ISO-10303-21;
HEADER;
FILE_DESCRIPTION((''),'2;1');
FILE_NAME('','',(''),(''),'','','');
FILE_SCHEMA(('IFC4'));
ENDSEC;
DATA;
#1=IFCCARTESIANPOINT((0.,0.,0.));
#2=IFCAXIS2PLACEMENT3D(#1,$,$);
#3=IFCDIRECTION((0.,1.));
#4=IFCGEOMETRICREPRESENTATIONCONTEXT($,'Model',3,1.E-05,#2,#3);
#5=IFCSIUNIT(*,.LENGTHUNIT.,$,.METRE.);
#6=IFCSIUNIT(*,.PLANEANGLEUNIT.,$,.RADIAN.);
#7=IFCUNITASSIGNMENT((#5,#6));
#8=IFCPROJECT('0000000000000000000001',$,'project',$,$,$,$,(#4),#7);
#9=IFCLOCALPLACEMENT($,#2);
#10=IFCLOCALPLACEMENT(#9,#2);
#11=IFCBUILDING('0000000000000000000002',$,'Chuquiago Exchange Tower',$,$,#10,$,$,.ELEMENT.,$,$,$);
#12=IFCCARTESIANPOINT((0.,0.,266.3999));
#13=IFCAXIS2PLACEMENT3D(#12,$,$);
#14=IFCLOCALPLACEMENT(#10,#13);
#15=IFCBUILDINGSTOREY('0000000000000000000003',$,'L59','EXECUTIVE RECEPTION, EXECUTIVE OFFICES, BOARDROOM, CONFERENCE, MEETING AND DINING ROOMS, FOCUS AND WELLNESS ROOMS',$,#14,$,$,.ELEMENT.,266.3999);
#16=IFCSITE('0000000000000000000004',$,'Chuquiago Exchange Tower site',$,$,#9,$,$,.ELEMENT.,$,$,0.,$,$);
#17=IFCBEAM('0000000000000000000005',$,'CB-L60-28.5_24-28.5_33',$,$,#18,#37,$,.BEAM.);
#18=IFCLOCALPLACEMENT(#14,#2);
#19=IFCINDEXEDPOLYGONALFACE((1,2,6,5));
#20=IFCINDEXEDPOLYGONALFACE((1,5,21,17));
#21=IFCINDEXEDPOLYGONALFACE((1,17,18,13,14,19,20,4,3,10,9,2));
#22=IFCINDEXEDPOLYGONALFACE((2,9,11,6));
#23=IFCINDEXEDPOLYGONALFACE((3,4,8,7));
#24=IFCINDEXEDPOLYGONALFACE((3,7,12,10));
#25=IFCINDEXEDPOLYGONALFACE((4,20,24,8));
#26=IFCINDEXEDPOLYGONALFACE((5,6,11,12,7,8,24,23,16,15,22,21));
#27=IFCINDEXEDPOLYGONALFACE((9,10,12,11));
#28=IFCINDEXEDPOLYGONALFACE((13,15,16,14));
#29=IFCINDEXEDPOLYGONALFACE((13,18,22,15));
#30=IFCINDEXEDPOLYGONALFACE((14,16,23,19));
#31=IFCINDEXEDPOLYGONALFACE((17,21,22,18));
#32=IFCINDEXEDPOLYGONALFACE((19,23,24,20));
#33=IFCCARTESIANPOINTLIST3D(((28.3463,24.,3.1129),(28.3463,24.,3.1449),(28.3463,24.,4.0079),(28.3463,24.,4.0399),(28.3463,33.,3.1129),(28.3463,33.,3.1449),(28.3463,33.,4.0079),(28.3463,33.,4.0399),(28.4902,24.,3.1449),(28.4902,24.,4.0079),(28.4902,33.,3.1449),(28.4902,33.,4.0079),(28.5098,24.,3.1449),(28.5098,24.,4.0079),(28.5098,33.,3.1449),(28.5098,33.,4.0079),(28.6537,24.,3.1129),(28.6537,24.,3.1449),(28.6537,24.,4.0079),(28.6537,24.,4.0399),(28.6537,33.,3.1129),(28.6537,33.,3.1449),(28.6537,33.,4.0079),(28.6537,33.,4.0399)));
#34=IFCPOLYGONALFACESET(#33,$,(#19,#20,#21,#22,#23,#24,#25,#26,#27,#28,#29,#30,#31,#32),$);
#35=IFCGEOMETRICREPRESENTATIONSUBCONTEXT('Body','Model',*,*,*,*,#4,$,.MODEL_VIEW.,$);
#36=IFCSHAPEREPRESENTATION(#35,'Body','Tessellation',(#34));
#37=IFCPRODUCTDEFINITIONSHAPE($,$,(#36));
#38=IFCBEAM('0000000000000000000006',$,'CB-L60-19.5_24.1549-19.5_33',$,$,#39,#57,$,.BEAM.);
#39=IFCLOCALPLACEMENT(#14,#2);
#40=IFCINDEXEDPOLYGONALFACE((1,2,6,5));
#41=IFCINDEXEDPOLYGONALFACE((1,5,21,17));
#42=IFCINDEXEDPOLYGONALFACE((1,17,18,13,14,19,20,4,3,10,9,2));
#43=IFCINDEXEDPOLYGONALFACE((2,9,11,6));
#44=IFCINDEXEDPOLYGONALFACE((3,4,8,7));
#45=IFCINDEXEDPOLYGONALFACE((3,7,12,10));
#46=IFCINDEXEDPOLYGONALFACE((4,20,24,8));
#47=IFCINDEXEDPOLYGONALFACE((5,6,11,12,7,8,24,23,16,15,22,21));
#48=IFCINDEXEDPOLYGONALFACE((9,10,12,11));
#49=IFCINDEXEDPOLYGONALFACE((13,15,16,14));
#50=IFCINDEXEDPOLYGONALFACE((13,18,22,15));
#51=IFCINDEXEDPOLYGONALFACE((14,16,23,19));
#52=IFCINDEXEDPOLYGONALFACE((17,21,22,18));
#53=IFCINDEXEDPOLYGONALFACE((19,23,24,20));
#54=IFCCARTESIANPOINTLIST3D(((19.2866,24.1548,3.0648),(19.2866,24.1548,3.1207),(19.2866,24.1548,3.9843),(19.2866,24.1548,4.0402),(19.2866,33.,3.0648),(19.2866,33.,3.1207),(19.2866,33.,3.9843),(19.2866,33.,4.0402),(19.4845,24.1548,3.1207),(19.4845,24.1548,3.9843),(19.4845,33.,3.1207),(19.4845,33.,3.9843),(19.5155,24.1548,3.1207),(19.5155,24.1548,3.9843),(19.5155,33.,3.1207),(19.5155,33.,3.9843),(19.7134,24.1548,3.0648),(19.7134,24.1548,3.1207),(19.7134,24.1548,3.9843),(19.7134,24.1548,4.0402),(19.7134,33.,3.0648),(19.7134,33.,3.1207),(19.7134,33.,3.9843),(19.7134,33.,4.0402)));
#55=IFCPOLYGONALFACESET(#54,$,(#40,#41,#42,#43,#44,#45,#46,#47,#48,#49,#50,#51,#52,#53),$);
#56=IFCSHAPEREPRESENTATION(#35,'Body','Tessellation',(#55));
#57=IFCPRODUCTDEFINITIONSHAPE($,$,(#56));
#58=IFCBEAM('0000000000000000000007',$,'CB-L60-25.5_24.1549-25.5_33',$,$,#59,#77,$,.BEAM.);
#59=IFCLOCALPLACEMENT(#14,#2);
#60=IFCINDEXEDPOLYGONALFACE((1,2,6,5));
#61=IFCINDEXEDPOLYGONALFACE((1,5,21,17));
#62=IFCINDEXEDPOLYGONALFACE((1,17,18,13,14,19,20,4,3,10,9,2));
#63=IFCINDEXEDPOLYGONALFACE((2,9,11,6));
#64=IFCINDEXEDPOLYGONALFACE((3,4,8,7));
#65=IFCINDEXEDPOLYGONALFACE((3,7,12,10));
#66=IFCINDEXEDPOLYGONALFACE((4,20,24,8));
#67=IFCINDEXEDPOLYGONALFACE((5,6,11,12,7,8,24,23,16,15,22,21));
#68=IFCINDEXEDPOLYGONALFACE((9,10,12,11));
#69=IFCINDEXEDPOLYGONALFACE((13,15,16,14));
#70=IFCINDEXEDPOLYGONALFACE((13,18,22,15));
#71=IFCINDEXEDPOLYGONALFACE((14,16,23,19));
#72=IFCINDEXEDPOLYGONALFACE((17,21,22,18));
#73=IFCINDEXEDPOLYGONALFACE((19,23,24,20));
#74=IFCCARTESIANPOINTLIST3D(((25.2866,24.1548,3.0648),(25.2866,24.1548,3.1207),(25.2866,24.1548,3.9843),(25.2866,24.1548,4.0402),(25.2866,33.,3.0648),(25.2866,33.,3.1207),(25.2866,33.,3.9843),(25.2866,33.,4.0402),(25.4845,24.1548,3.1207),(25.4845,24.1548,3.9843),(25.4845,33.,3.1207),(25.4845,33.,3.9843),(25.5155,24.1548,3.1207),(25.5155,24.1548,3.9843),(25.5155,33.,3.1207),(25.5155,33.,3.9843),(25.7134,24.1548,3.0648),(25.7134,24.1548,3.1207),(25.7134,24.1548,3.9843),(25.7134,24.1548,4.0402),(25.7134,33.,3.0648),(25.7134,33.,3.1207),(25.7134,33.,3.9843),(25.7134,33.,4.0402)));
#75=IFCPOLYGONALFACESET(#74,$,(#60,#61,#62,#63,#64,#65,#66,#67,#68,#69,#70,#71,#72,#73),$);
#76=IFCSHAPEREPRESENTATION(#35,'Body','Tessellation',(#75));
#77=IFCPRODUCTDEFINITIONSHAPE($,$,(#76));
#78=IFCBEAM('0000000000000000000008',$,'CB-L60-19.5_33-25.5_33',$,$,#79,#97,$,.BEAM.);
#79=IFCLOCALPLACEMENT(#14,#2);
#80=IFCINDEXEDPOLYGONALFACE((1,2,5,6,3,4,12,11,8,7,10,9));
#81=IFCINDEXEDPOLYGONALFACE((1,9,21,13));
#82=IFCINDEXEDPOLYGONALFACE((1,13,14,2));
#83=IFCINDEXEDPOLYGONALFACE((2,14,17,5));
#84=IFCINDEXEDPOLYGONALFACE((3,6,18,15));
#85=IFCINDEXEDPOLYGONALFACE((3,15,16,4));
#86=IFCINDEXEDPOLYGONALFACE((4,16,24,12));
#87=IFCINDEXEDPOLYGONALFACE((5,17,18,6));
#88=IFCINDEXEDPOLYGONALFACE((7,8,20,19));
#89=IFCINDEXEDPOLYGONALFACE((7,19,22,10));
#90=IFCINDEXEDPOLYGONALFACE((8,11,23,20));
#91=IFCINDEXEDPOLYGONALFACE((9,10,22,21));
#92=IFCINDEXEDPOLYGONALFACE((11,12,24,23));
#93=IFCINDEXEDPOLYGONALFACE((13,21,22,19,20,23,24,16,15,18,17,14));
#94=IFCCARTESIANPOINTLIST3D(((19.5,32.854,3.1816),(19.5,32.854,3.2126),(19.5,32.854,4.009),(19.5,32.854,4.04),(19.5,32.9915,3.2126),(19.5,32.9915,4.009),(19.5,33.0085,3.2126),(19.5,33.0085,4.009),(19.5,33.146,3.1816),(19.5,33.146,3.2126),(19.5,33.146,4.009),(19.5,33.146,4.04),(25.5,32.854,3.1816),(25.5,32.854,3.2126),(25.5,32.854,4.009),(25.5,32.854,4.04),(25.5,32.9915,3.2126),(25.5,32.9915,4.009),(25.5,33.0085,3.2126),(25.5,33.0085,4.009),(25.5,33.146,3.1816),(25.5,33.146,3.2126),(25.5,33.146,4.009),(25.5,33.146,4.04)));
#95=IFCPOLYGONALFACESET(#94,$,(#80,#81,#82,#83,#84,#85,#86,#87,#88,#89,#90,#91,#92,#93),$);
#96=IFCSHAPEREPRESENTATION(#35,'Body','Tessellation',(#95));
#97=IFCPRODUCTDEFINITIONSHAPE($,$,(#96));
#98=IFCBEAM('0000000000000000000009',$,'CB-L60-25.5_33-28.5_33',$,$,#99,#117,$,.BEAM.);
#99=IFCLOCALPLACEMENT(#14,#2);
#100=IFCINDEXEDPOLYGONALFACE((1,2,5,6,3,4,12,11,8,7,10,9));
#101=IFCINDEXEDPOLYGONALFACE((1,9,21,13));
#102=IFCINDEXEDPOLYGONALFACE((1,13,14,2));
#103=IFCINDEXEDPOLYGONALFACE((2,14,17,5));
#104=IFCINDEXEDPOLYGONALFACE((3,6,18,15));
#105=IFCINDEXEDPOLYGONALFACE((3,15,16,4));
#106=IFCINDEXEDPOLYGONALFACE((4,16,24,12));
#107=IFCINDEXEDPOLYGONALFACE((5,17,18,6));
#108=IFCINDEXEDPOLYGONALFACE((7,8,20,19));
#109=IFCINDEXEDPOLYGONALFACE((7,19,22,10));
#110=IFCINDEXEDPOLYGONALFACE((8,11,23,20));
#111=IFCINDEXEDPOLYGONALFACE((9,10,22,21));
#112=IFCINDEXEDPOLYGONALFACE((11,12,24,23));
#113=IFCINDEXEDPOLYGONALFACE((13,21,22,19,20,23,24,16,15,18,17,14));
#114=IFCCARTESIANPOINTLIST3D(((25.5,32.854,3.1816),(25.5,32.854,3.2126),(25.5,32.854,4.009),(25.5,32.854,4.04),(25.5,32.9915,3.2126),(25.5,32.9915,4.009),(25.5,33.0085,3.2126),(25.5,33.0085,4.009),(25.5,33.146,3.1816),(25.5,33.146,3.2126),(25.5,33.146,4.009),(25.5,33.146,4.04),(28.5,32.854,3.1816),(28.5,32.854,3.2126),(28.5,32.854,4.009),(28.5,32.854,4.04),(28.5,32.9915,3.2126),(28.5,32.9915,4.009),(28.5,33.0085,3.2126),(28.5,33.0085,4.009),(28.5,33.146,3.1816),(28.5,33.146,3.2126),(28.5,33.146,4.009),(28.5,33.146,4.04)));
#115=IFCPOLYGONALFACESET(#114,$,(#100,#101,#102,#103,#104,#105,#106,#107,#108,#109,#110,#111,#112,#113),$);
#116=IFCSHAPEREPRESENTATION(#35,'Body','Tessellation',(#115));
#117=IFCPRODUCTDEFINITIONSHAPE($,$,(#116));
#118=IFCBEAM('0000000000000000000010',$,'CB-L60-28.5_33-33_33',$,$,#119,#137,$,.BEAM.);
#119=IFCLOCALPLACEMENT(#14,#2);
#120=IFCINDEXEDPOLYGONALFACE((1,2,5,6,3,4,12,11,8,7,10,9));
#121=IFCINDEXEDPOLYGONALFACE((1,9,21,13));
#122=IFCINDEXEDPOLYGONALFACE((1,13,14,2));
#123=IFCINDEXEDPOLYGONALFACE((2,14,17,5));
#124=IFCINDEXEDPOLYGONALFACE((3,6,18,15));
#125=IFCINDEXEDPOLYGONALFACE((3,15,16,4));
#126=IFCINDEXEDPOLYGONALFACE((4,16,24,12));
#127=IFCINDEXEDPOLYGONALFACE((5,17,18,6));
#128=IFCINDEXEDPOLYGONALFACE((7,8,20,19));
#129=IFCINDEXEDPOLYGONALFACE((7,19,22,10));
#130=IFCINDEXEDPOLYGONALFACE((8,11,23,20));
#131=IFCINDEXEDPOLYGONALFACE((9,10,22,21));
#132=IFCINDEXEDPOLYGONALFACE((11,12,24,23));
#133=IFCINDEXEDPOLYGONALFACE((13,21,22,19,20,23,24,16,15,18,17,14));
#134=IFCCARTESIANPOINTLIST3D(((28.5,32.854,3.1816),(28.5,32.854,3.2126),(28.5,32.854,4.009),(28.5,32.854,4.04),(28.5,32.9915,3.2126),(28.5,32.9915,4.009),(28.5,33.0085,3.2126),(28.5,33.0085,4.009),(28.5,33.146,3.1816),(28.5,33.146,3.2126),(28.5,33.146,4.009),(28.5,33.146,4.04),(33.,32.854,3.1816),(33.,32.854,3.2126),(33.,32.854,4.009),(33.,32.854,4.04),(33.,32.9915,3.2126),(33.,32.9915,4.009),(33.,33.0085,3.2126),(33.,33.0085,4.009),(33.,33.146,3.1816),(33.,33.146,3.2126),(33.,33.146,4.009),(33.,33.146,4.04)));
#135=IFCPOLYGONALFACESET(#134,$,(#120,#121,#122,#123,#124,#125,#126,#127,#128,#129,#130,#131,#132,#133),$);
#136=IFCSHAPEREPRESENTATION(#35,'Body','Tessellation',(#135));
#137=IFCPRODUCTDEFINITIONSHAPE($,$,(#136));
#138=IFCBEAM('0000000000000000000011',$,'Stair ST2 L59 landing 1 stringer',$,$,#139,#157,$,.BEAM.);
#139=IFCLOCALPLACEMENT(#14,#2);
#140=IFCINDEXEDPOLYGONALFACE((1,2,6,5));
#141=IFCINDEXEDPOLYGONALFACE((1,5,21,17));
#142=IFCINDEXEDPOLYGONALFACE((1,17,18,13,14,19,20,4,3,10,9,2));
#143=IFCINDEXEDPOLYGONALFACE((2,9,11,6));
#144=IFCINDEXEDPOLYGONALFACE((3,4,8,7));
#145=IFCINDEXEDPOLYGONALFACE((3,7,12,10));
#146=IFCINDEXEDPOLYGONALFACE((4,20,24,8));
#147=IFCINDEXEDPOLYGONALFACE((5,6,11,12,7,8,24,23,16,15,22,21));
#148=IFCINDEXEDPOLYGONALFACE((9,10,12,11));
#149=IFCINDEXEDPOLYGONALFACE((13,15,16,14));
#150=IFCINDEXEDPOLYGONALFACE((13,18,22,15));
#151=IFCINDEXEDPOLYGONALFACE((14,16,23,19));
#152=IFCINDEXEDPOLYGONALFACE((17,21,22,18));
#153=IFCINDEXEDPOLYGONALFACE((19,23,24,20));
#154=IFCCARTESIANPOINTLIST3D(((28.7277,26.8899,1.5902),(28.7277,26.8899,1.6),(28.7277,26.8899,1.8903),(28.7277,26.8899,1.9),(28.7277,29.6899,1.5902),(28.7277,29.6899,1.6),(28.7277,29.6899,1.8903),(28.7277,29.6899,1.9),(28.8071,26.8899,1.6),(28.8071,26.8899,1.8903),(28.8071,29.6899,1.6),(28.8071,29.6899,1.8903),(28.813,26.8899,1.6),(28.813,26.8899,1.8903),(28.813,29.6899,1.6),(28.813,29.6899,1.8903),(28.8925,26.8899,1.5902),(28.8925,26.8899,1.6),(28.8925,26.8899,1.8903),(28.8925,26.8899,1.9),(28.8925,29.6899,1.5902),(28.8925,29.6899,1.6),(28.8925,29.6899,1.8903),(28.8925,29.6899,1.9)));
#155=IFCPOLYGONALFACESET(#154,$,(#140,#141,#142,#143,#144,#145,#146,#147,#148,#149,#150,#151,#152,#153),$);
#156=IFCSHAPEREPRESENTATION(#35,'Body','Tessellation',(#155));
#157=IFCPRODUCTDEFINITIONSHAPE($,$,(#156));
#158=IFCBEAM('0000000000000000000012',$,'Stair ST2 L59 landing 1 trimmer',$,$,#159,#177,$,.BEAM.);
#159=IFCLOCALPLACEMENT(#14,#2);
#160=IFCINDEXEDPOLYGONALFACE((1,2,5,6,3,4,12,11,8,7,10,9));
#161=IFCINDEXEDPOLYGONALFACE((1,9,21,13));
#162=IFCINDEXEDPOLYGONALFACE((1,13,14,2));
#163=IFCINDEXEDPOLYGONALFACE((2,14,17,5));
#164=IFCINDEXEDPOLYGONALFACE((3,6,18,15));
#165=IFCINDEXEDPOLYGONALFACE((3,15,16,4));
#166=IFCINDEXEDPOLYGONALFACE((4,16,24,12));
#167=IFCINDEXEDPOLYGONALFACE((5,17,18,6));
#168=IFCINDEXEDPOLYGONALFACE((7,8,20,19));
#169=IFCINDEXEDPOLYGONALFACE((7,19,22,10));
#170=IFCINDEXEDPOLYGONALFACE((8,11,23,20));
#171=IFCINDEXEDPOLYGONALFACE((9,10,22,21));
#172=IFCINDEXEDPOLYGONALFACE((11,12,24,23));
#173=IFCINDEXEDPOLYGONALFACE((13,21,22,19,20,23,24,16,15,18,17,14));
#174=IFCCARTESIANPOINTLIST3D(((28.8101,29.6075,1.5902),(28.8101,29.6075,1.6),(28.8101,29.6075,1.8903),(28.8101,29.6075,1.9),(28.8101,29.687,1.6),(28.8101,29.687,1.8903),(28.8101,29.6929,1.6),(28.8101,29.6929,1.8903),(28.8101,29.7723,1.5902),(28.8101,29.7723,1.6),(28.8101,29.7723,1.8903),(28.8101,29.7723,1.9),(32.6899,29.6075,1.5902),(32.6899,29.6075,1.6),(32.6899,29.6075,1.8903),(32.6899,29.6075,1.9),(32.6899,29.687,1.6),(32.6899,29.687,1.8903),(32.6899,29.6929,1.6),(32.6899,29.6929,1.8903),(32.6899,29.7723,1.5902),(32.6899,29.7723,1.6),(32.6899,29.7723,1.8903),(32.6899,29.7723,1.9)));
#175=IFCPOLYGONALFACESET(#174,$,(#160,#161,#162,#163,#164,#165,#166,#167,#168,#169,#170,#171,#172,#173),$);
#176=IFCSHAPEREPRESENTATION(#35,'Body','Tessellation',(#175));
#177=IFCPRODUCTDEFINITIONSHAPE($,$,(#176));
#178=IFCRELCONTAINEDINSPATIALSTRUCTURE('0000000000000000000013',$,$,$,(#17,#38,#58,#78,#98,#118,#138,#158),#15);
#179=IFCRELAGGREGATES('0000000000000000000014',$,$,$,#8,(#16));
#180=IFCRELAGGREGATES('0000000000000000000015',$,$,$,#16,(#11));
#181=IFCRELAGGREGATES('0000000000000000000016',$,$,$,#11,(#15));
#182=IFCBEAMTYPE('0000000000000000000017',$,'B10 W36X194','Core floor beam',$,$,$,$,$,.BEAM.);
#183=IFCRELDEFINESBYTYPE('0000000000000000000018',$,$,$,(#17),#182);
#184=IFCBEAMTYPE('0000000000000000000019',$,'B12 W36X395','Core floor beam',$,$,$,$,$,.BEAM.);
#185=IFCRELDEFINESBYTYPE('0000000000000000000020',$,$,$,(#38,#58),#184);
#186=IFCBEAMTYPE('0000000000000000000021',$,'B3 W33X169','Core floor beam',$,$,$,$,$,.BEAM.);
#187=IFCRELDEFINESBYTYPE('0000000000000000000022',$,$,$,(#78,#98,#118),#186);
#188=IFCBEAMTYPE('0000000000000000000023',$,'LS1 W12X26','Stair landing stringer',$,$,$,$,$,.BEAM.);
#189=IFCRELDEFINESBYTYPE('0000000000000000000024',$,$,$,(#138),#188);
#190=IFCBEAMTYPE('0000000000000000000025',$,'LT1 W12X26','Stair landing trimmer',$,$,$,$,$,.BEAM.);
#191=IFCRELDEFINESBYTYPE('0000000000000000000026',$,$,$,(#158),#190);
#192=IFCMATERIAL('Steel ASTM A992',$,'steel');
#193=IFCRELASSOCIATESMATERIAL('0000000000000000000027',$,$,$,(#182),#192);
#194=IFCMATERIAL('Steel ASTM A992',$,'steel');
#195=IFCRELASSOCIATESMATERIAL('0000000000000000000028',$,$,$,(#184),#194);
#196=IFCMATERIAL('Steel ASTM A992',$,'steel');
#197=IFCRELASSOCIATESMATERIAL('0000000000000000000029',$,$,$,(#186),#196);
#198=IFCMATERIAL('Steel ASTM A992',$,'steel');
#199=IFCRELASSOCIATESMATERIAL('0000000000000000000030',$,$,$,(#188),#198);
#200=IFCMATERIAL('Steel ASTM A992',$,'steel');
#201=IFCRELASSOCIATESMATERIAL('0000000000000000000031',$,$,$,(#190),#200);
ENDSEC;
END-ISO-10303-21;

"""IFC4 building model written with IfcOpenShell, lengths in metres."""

from ifc_helpers import new_model, si_unit, direction, frame, origin, origin_2d, place, context, subcontext, project, spatial, i_section, extrude, material, material_profile, profile_set, type_object, element, save


model = new_model("IFC4")

# Units and contexts
model_context = context("Model", 3, precision=1e-05, world=origin(), true_north=direction((0.0, 1.0)))
body_context = subcontext(model_context, "Body", "Model", "MODEL_VIEW")
ifc_project = project(units=[si_unit("LENGTHUNIT", "METRE"), si_unit("PLANEANGLEUNIT", "RADIAN")], contexts=[model_context])

# Site, building, storey
site_placement = place(None, origin())
site = spatial("IfcSite", under=ifc_project, at=site_placement, Name="Chuquiago Exchange Tower site", CompositionType="ELEMENT", RefElevation=0.0)
building_placement = place(site_placement, origin())
building = spatial("IfcBuilding", under=site, at=building_placement, Name="Chuquiago Exchange Tower", CompositionType="ELEMENT")
storey_placement = place(building_placement, frame((0.0, 0.0, 266.3999)))
storey = spatial("IfcBuildingStorey", under=building, at=storey_placement, Name="L59", Description="EXECUTIVE RECEPTION, EXECUTIVE OFFICES, BOARDROOM, CONFERENCE, MEETING AND DINING ROOMS, FOCUS AND WELLNESS ROOMS", CompositionType="ELEMENT", Elevation=266.3999)

# Beams
ifc_material_1 = material(Name="Steel ASTM A992", Category="steel")
ifc_material_profile_1 = material_profile(ifc_material_1, i_section(OverallWidth=0.3074, OverallDepth=0.927, WebThickness=0.0195, FlangeThickness=0.032, at=origin_2d()), Name="W36X194")
ifc_profile_set_1 = profile_set([ifc_material_profile_1], Name="Steel ASTM A992")
beam_type_1 = type_object("IfcBeamType", Name="B10 W36X194", Description="Core floor beam", PredefinedType="BEAM", material=ifc_profile_set_1)
beam_1_placement = place(storey_placement, frame((28.5, 24.0, 3.5764), z_axis=(0.0, 1.0, 0.0), x_axis=(-1.0, 0.0, 0.0)))
element("IfcBeam", 1, at=beam_1_placement, inside=storey, type_object=beam_type_1, Name="CB-L60-28.5_24-28.5_33", PredefinedType="BEAM", context=body_context, shape_type="SweptSolid", body=[
    extrude(i_section(OverallWidth=0.3074, OverallDepth=0.927, WebThickness=0.0195, FlangeThickness=0.032, at=origin_2d()), origin(), (0.0, 0.0, 1.0), 9.0),
])
ifc_material_2 = material(Name="Steel ASTM A992", Category="steel")
ifc_material_profile_2 = material_profile(ifc_material_2, i_section(OverallWidth=0.4268, OverallDepth=0.9753, WebThickness=0.031, FlangeThickness=0.0559, at=origin_2d()), Name="W36X395")
ifc_profile_set_2 = profile_set([ifc_material_profile_2], Name="Steel ASTM A992")
beam_type_2 = type_object("IfcBeamType", Name="B12 W36X395", Description="Core floor beam", PredefinedType="BEAM", material=ifc_profile_set_2)
for number, where, z_axis, x_axis, name in (
    (2, (19.5, 24.1548, 3.5525), (0.0, 1.0, 0.0), (-1.0, 0.0, 0.0), "CB-L60-19.5_24.1549-19.5_33"),
    (3, (25.5, 24.1548, 3.5525), (0.0, 1.0, 0.0), (-1.0, 0.0, 0.0), "CB-L60-25.5_24.1549-25.5_33"),
):
    element("IfcBeam", number, at=place(storey_placement, frame(where, z_axis=z_axis, x_axis=x_axis)), inside=storey, type_object=beam_type_2, Name=name, PredefinedType="BEAM", context=body_context, shape_type="SweptSolid", body=[
        extrude(i_section(OverallWidth=0.4268, OverallDepth=0.9753, WebThickness=0.031, FlangeThickness=0.0559, at=origin_2d()), origin(), (0.0, 0.0, 1.0), 8.8452),
    ])
ifc_material_3 = material(Name="Steel ASTM A992", Category="steel")
ifc_material_profile_3 = material_profile(ifc_material_3, i_section(OverallWidth=0.292, OverallDepth=0.8584, WebThickness=0.0171, FlangeThickness=0.031, at=origin_2d()), Name="W33X169")
ifc_profile_set_3 = profile_set([ifc_material_profile_3], Name="Steel ASTM A992")
beam_type_3 = type_object("IfcBeamType", Name="B3 W33X169", Description="Core floor beam", PredefinedType="BEAM", material=ifc_profile_set_3)
beam_2_placement = place(storey_placement, frame((19.5, 33.0, 3.6108), z_axis=(1.0, 0.0, 0.0), x_axis=(0.0, 1.0, 0.0)))
element("IfcBeam", 4, at=beam_2_placement, inside=storey, type_object=beam_type_3, Name="CB-L60-19.5_33-25.5_33", PredefinedType="BEAM", context=body_context, shape_type="SweptSolid", body=[
    extrude(i_section(OverallWidth=0.292, OverallDepth=0.8584, WebThickness=0.0171, FlangeThickness=0.031, at=origin_2d()), origin(), (0.0, 0.0, 1.0), 6.0),
])
beam_3_placement = place(storey_placement, frame((25.5, 33.0, 3.6108), z_axis=(1.0, 0.0, 0.0), x_axis=(0.0, 1.0, 0.0)))
element("IfcBeam", 5, at=beam_3_placement, inside=storey, type_object=beam_type_3, Name="CB-L60-25.5_33-28.5_33", PredefinedType="BEAM", context=body_context, shape_type="SweptSolid", body=[
    extrude(i_section(OverallWidth=0.292, OverallDepth=0.8584, WebThickness=0.0171, FlangeThickness=0.031, at=origin_2d()), origin(), (0.0, 0.0, 1.0), 3.0),
])
beam_4_placement = place(storey_placement, frame((28.5, 33.0, 3.6108), z_axis=(1.0, 0.0, 0.0), x_axis=(0.0, 1.0, 0.0)))
element("IfcBeam", 6, at=beam_4_placement, inside=storey, type_object=beam_type_3, Name="CB-L60-28.5_33-33_33", PredefinedType="BEAM", context=body_context, shape_type="SweptSolid", body=[
    extrude(i_section(OverallWidth=0.292, OverallDepth=0.8584, WebThickness=0.0171, FlangeThickness=0.031, at=origin_2d()), origin(), (0.0, 0.0, 1.0), 4.5),
])
ifc_material_4 = material(Name="Steel ASTM A992", Category="steel")
ifc_material_profile_4 = material_profile(ifc_material_4, i_section(OverallWidth=0.1648, OverallDepth=0.3098, WebThickness=0.0059, FlangeThickness=0.0098, at=origin_2d()), Name="W12X26")
ifc_profile_set_4 = profile_set([ifc_material_profile_4], Name="Steel ASTM A992")
beam_type_4 = type_object("IfcBeamType", Name="LS1 W12X26", Description="Stair landing stringer", PredefinedType="BEAM", material=ifc_profile_set_4)
beam_5_placement = place(storey_placement, frame((28.8101, 26.8899, 1.7451), z_axis=(0.0, 1.0, 0.0), x_axis=(-1.0, 0.0, 0.0)))
element("IfcBeam", 7, at=beam_5_placement, inside=storey, type_object=beam_type_4, Name="Stair ST2 L59 landing 1 stringer", PredefinedType="BEAM", context=body_context, shape_type="SweptSolid", body=[
    extrude(i_section(OverallWidth=0.1648, OverallDepth=0.3098, WebThickness=0.0059, FlangeThickness=0.0098, at=origin_2d()), origin(), (0.0, 0.0, 1.0), 2.8),
])
ifc_material_5 = material(Name="Steel ASTM A992", Category="steel")
ifc_material_profile_5 = material_profile(ifc_material_5, i_section(OverallWidth=0.1648, OverallDepth=0.3098, WebThickness=0.0059, FlangeThickness=0.0098, at=origin_2d()), Name="W12X26")
ifc_profile_set_5 = profile_set([ifc_material_profile_5], Name="Steel ASTM A992")
beam_type_5 = type_object("IfcBeamType", Name="LT1 W12X26", Description="Stair landing trimmer", PredefinedType="BEAM", material=ifc_profile_set_5)
for number, where, z_axis, x_axis, name in (
    (8, (28.8101, 29.6899, 1.7451), (1.0, 0.0, 0.0), (0.0, 1.0, 0.0), "Stair ST2 L59 landing 1 trimmer"),
):
    element("IfcBeam", number, at=place(storey_placement, frame(where, z_axis=z_axis, x_axis=x_axis)), inside=storey, type_object=beam_type_5, Name=name, PredefinedType="BEAM", context=body_context, shape_type="SweptSolid", body=[
        extrude(i_section(OverallWidth=0.1648, OverallDepth=0.3098, WebThickness=0.0059, FlangeThickness=0.0098, at=origin_2d()), origin(), (0.0, 0.0, 1.0), 3.8799),
    ])

save(model, "model.ifc")
